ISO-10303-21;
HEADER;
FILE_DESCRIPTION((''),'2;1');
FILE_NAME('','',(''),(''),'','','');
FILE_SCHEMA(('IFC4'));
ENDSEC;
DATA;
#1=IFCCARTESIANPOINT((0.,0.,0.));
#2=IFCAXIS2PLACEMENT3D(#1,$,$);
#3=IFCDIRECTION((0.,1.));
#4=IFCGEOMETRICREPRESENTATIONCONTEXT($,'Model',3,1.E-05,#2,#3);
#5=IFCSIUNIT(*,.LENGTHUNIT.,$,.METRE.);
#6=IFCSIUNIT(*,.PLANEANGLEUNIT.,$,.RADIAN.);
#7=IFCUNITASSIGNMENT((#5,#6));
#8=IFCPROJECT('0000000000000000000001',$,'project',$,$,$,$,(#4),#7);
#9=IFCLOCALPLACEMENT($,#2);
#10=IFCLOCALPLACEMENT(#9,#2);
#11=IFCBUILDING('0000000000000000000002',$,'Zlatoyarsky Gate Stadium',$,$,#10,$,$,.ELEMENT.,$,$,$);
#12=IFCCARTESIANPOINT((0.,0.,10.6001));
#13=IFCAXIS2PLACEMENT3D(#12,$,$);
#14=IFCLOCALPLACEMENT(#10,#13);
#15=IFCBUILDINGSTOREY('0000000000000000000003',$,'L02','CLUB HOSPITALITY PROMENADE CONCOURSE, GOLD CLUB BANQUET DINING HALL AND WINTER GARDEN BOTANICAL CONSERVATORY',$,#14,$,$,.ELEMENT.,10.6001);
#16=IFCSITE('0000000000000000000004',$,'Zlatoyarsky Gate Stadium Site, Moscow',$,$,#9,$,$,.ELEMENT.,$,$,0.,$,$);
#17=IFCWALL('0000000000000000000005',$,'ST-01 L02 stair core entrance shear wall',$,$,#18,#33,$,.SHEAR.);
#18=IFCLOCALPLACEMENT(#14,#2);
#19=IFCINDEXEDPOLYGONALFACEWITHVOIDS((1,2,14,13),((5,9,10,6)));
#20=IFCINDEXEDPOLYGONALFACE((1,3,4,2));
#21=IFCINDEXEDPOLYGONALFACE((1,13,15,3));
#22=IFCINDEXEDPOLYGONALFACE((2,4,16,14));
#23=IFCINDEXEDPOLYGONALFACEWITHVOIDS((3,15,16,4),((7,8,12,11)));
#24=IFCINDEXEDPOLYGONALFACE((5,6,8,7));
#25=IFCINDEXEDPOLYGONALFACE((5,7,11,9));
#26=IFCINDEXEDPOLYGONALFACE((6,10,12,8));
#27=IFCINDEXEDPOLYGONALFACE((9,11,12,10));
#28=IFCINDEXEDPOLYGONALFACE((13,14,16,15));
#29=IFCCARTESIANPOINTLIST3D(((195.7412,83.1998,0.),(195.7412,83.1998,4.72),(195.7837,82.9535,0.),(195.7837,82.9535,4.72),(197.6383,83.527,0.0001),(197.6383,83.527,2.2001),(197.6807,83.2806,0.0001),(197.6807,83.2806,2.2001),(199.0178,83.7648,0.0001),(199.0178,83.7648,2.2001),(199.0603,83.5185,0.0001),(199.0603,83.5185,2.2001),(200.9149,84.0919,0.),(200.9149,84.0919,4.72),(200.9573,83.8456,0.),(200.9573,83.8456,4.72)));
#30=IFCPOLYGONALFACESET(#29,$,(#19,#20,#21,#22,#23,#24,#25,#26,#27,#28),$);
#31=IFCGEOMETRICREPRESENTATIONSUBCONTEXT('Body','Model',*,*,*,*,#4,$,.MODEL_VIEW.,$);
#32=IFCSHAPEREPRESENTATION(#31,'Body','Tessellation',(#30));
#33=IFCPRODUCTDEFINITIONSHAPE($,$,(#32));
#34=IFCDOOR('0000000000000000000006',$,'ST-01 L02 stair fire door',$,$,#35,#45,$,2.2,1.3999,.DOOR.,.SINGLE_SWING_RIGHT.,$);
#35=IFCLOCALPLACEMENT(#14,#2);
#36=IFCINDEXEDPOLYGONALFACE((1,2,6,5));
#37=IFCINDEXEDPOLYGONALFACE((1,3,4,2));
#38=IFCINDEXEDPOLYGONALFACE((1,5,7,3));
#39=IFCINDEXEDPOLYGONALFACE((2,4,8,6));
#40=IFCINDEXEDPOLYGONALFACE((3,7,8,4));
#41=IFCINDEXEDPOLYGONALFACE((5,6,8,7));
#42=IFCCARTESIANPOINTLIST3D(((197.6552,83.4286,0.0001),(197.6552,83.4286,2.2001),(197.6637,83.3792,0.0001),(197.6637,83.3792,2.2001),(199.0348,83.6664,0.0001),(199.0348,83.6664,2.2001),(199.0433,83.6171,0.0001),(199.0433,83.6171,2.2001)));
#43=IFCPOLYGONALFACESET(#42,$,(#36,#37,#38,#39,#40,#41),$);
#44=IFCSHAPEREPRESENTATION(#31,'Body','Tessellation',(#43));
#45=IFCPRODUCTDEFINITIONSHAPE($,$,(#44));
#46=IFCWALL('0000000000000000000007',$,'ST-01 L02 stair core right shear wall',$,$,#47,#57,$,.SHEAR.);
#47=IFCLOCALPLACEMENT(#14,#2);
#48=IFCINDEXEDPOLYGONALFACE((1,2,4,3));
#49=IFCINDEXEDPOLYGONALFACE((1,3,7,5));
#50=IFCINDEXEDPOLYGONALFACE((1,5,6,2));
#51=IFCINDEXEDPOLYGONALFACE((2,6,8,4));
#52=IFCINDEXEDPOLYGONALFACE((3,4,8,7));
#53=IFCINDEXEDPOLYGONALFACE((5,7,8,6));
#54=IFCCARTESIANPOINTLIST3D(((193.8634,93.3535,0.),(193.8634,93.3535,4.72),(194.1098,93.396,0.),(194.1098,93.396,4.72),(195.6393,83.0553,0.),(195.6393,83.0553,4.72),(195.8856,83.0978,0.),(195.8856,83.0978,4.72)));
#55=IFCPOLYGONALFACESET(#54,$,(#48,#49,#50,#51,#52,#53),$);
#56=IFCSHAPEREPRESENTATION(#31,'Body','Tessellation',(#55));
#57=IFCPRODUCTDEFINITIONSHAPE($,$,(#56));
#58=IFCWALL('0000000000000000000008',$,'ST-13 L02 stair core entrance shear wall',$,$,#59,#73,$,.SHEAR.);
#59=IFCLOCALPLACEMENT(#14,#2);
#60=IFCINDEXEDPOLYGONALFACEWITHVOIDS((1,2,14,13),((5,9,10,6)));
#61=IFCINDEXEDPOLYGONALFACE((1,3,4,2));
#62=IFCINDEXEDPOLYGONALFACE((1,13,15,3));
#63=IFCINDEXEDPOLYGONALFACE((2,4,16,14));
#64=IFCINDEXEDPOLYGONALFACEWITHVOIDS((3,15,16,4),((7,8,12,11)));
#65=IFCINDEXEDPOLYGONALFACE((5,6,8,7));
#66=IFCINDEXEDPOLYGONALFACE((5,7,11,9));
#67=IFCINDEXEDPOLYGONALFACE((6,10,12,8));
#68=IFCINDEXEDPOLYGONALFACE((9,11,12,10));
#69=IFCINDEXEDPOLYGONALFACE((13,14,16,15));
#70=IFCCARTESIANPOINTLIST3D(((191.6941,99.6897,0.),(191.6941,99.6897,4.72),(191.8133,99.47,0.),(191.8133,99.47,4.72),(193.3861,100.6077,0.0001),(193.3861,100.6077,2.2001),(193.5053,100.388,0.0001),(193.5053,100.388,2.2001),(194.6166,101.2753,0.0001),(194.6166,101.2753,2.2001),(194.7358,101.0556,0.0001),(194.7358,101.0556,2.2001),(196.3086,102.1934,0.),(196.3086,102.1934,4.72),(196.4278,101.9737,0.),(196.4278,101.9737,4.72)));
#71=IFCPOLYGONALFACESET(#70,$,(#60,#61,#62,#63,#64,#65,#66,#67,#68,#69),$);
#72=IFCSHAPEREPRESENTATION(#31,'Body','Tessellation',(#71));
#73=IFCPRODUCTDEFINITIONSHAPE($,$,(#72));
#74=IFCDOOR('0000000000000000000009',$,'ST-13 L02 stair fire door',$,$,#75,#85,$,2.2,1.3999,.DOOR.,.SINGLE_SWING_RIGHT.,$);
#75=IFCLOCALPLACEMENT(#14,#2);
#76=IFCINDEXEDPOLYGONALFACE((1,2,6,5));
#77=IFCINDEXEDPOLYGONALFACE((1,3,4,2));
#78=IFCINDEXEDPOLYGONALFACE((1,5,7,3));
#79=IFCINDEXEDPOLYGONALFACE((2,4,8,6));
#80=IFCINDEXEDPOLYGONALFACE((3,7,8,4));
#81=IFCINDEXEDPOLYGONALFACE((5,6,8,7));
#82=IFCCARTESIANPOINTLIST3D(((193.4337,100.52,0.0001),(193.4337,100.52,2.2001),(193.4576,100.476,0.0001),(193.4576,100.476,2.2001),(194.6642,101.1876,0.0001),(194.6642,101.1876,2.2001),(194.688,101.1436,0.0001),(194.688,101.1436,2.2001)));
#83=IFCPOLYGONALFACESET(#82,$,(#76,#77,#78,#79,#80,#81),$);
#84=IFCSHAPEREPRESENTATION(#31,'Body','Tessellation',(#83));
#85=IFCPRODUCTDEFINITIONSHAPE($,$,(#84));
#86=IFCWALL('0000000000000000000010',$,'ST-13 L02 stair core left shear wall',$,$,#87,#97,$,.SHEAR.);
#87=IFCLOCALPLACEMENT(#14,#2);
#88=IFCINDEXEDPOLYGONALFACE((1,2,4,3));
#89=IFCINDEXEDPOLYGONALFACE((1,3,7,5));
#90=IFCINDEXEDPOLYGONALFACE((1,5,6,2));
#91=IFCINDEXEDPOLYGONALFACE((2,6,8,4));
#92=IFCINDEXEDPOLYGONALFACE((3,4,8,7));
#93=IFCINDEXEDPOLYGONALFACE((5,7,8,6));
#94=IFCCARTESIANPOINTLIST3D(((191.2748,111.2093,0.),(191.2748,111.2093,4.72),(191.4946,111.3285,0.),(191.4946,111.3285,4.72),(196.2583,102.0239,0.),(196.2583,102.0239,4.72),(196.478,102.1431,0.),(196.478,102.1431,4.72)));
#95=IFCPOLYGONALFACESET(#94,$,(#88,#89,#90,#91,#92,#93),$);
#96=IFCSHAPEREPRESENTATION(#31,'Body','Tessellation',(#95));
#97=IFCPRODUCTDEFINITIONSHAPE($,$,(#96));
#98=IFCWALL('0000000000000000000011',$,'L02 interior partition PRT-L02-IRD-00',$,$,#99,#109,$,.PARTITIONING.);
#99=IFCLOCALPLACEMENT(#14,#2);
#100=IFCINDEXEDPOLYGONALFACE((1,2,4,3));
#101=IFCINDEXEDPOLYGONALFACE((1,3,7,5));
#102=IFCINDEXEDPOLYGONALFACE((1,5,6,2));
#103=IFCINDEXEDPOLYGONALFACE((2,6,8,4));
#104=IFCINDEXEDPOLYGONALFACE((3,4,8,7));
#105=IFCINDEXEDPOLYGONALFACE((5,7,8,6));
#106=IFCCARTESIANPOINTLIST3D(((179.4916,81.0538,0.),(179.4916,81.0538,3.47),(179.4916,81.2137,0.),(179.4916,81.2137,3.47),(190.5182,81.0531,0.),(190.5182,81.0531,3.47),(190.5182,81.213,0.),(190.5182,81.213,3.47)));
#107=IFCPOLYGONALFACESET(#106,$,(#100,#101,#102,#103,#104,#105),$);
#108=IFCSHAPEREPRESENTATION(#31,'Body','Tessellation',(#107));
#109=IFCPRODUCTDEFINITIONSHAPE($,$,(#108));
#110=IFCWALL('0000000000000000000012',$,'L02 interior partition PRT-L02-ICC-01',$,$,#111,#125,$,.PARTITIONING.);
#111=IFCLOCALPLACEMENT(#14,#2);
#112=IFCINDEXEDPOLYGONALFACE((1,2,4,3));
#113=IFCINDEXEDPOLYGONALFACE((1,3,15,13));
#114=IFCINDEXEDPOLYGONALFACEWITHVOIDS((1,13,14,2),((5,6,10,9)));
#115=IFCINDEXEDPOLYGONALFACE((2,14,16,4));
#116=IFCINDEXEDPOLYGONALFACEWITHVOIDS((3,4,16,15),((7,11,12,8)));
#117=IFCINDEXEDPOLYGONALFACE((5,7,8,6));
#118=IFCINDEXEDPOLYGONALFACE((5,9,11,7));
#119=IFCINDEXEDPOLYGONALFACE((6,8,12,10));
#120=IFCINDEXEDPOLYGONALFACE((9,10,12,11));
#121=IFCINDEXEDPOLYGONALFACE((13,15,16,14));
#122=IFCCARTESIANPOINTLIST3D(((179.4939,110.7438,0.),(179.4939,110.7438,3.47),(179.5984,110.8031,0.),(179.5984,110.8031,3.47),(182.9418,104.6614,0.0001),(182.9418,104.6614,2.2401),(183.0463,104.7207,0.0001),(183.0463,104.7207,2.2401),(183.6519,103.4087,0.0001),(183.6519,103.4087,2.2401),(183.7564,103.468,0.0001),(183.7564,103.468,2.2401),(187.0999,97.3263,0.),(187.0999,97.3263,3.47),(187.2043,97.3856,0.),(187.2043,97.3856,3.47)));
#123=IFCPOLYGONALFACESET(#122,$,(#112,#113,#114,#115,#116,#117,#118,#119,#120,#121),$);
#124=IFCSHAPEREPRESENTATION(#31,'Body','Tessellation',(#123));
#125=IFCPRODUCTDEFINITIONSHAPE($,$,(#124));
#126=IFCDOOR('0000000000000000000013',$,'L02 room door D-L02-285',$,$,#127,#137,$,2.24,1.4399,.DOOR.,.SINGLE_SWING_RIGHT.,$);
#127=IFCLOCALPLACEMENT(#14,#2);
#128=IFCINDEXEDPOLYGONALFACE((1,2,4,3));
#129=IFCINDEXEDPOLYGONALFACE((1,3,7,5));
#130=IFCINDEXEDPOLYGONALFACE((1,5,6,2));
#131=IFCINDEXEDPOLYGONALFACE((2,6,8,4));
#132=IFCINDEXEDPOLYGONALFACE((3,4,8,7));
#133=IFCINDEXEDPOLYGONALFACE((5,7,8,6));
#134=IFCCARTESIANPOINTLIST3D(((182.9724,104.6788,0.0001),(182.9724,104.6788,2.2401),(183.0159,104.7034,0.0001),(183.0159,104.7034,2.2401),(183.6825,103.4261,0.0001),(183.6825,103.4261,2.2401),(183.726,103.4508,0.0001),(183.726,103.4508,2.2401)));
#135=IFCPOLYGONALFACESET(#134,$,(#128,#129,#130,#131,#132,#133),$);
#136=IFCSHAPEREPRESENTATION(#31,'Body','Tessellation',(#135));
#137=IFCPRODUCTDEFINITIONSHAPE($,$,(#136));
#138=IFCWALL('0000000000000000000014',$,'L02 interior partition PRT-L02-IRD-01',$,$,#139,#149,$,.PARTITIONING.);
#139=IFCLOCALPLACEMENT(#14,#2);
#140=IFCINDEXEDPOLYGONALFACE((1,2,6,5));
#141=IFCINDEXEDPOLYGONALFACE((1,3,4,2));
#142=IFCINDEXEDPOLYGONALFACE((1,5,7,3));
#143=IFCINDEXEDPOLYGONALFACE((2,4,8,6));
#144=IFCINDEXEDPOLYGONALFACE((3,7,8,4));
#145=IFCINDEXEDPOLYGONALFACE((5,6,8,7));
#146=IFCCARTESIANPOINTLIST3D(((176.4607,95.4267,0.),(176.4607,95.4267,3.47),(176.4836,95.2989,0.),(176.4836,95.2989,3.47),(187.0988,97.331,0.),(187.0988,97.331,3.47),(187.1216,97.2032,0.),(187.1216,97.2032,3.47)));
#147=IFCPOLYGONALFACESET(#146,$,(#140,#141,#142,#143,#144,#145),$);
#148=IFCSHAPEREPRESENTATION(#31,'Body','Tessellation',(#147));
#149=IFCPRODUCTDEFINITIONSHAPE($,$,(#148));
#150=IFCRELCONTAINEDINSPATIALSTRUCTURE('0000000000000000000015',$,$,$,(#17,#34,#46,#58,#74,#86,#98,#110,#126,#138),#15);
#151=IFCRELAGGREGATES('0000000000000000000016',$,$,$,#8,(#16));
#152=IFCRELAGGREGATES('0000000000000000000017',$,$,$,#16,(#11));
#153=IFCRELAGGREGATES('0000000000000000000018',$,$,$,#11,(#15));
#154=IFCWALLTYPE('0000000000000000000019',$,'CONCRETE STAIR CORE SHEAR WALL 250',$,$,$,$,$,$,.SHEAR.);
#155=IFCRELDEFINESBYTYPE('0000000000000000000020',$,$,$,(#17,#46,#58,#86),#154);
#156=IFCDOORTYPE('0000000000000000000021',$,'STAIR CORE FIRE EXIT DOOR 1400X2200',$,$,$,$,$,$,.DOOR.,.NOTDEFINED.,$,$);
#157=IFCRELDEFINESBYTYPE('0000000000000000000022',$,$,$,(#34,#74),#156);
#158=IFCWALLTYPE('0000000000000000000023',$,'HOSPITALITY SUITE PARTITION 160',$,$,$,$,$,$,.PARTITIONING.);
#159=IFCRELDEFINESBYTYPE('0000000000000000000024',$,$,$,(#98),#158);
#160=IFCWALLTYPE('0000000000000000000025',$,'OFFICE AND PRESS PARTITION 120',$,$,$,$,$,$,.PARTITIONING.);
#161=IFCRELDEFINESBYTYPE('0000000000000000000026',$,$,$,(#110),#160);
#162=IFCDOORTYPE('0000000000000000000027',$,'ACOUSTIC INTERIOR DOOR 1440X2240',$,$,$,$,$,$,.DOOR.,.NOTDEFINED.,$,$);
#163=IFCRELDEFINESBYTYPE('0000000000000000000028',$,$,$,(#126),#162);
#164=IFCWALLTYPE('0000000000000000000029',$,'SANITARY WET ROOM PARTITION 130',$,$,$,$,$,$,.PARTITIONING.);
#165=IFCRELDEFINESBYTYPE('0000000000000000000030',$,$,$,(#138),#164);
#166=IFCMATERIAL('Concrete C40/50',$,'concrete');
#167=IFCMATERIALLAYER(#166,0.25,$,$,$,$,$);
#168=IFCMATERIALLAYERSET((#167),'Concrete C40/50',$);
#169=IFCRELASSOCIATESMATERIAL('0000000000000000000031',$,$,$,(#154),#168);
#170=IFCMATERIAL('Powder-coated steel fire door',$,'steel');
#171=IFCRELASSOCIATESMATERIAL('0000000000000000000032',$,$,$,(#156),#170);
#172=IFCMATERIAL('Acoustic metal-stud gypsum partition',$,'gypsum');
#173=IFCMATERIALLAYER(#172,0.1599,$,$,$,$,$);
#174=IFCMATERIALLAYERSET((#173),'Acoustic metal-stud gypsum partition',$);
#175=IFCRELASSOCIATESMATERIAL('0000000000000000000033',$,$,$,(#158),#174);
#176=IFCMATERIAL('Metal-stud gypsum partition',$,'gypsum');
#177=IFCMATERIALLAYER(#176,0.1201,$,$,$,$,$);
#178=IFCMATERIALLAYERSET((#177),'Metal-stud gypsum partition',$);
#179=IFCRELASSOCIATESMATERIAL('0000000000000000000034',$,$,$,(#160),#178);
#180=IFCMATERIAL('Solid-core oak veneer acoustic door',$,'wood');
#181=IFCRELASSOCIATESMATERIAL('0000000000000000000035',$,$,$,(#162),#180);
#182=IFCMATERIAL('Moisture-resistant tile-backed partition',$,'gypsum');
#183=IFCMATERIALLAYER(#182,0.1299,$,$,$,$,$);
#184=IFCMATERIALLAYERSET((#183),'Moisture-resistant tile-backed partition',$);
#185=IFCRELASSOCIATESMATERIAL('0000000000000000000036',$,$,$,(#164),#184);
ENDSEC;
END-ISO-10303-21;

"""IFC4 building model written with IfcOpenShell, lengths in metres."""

from ifc_helpers import new_model, si_unit, direction, frame, frame_2d, origin, place, context, subcontext, project, spatial, rectangle, extrude, material, layer, layer_set, type_object, element, fill, save


model = new_model("IFC4")

# Units and contexts
model_context = context("Model", 3, precision=1e-05, world=origin(), true_north=direction((0.0, 1.0)))
body_context = subcontext(model_context, "Body", "Model", "MODEL_VIEW")
ifc_project = project(units=[si_unit("LENGTHUNIT", "METRE"), si_unit("PLANEANGLEUNIT", "RADIAN")], contexts=[model_context])

# Site, building, storey
site_placement = place(None, origin())
site = spatial("IfcSite", under=ifc_project, at=site_placement, Name="Zlatoyarsky Gate Stadium Site, Moscow", CompositionType="ELEMENT", RefElevation=0.0)
building_placement = place(site_placement, origin())
building = spatial("IfcBuilding", under=site, at=building_placement, Name="Zlatoyarsky Gate Stadium", CompositionType="ELEMENT")
storey_placement = place(building_placement, frame((0.0, 0.0, 10.6001)))
storey = spatial("IfcBuildingStorey", under=building, at=storey_placement, Name="L02", Description="CLUB HOSPITALITY PROMENADE CONCOURSE, GOLD CLUB BANQUET DINING HALL AND WINTER GARDEN BOTANICAL CONSERVATORY", CompositionType="ELEMENT", Elevation=10.6001)

# Shared definitions
ifc_material_1 = material(Name="Concrete C40/50", Category="concrete")

# Shared definitions
ifc_material_2 = material(Name="Powder-coated steel fire door", Category="steel")

# Wall, opening, door
ifc_layer_1 = layer(ifc_material_1, 0.25)
ifc_layer_set_1 = layer_set([ifc_layer_1], Name="Concrete C40/50")
wall_type_1 = type_object("IfcWallType", Name="CONCRETE STAIR CORE SHEAR WALL 250", PredefinedType="SHEAR", material=ifc_layer_set_1)
wall_1_placement = place(storey_placement, frame((195.7625, 83.0767, 0.0), z_axis=(0.0, 0.0, 1.0), x_axis=(0.985457, 0.169924, 0.0)))
wall_1 = element("IfcWall", 1, at=wall_1_placement, inside=storey, type_object=wall_type_1, Name="ST-01 L02 stair core entrance shear wall", PredefinedType="SHEAR", context=body_context, shape_type="SweptSolid", body=[
    extrude(rectangle(XDim=5.25, YDim=0.25, at=frame_2d((2.625, 0.0))), origin(), (0.0, 0.0, 1.0), 4.72),
])
opening_1_placement = place(wall_1_placement, frame((1.925, 0.0, 0.0)))
opening_1 = element("IfcOpeningElement", 2, at=opening_1_placement, cuts=wall_1, PredefinedType="OPENING", context=body_context, shape_type="SweptSolid", body=[
    extrude(rectangle(XDim=1.3999, YDim=2.2, at=frame_2d((0.7, 1.1001))), frame((0.0, 0.135, 0.0), z_axis=(0.0, -1.0, 0.0), x_axis=(1.0, 0.0, 0.0)), (0.0, 0.0, 1.0), 0.27),
])
door_type_1 = type_object("IfcDoorType", Name="STAIR CORE FIRE EXIT DOOR 1400X2200", OperationType="NOTDEFINED", PredefinedType="DOOR", material=ifc_material_2)
door_1_placement = place(opening_1_placement, frame((1.3999, 0.0, 0.0), z_axis=(0.0, 0.0, 1.0), x_axis=(-1.0, 0.0, 0.0)))
door_1 = element("IfcDoor", 3, at=door_1_placement, inside=storey, type_object=door_type_1, Name="ST-01 L02 stair fire door", OperationType="SINGLE_SWING_RIGHT", OverallHeight=2.2, OverallWidth=1.3999, PredefinedType="DOOR", context=body_context, shape_type="SweptSolid", body=[
    extrude(rectangle(XDim=1.3999, YDim=2.2, at=frame_2d((0.7, 1.1001))), frame((0.0, 0.0249, 0.0), z_axis=(0.0, -1.0, 0.0), x_axis=(1.0, 0.0, 0.0)), (0.0, 0.0, 1.0), 0.05),
])
fill(opening_1, door_1)

# Wall
wall_2_placement = place(storey_placement, frame((193.9866, 93.3748, 0.0), z_axis=(0.0, 0.0, 1.0), x_axis=(0.169939, -0.985455, 0.0)))
element("IfcWall", 4, at=wall_2_placement, inside=storey, type_object=wall_type_1, Name="ST-01 L02 stair core right shear wall", PredefinedType="SHEAR", context=body_context, shape_type="SweptSolid", body=[
    extrude(rectangle(XDim=10.4502, YDim=0.25, at=frame_2d((5.2251, 0.0))), origin(), (0.0, 0.0, 1.0), 4.72),
])

# Wall, opening, door
wall_3_placement = place(storey_placement, frame((191.7537, 99.5798, 0.0), z_axis=(0.0, 0.0, 1.0), x_axis=(0.878961, 0.476893, 0.0)))
wall_3 = element("IfcWall", 5, at=wall_3_placement, inside=storey, type_object=wall_type_1, Name="ST-13 L02 stair core entrance shear wall", PredefinedType="SHEAR", context=body_context, shape_type="SweptSolid", body=[
    extrude(rectangle(XDim=5.25, YDim=0.25, at=frame_2d((2.625, 0.0))), origin(), (0.0, 0.0, 1.0), 4.72),
])
opening_2_placement = place(wall_3_placement, frame((1.925, 0.0, 0.0)))
opening_2 = element("IfcOpeningElement", 6, at=opening_2_placement, cuts=wall_3, PredefinedType="OPENING", context=body_context, shape_type="SweptSolid", body=[
    extrude(rectangle(XDim=1.3999, YDim=2.2, at=frame_2d((0.7, 1.1001))), frame((0.0, 0.135, 0.0), z_axis=(0.0, -1.0, 0.0), x_axis=(1.0, 0.0, 0.0)), (0.0, 0.0, 1.0), 0.27),
])
door_2_placement = place(opening_2_placement, frame((1.3999, 0.0, 0.0), z_axis=(0.0, 0.0, 1.0), x_axis=(-1.0, 0.0, 0.0)))
door_2 = element("IfcDoor", 7, at=door_2_placement, inside=storey, type_object=door_type_1, Name="ST-13 L02 stair fire door", OperationType="SINGLE_SWING_RIGHT", OverallHeight=2.2, OverallWidth=1.3999, PredefinedType="DOOR", context=body_context, shape_type="SweptSolid", body=[
    extrude(rectangle(XDim=1.3999, YDim=2.2, at=frame_2d((0.7, 1.1001))), frame((0.0, 0.0249, 0.0), z_axis=(0.0, -1.0, 0.0), x_axis=(1.0, 0.0, 0.0)), (0.0, 0.0, 1.0), 0.05),
])
fill(opening_2, door_2)

# Walls
wall_4_placement = place(storey_placement, frame((196.3682, 102.0835, 0.0), z_axis=(0.0, 0.0, 1.0), x_axis=(-0.476877, 0.87897, 0.0)))
element("IfcWall", 8, at=wall_4_placement, inside=storey, type_object=wall_type_1, Name="ST-13 L02 stair core left shear wall", PredefinedType="SHEAR", context=body_context, shape_type="SweptSolid", body=[
    extrude(rectangle(XDim=10.4502, YDim=0.25, at=frame_2d((5.2251, 0.0))), origin(), (0.0, 0.0, 1.0), 4.72),
])
ifc_material_3 = material(Name="Acoustic metal-stud gypsum partition", Category="gypsum")
ifc_layer_2 = layer(ifc_material_3, 0.1599)
ifc_layer_set_2 = layer_set([ifc_layer_2], Name="Acoustic metal-stud gypsum partition")
wall_type_2 = type_object("IfcWallType", Name="HOSPITALITY SUITE PARTITION 160", PredefinedType="PARTITIONING", material=ifc_layer_set_2)
wall_5_placement = place(storey_placement, frame((179.4917, 81.1338, 0.0), z_axis=(0.0, 0.0, 1.0), x_axis=(1.0, -0.000066, 0.0)))
element("IfcWall", 9, at=wall_5_placement, inside=storey, type_object=wall_type_2, Name="L02 interior partition PRT-L02-IRD-00", PredefinedType="PARTITIONING", context=body_context, shape_type="SweptSolid", body=[
    extrude(rectangle(XDim=11.0266, YDim=0.1599, at=frame_2d((5.5132, 0.0))), origin(), (0.0, 0.0, 1.0), 3.47),
])

# Wall, opening, door
ifc_material_4 = material(Name="Metal-stud gypsum partition", Category="gypsum")
ifc_layer_3 = layer(ifc_material_4, 0.1201)
ifc_layer_set_3 = layer_set([ifc_layer_3], Name="Metal-stud gypsum partition")
wall_type_3 = type_object("IfcWallType", Name="OFFICE AND PRESS PARTITION 120", PredefinedType="PARTITIONING", material=ifc_layer_set_3)
wall_6_placement = place(storey_placement, frame((187.1521, 97.356, 0.0), z_axis=(0.0, 0.0, 1.0), x_axis=(-0.493146, 0.869947, 0.0)))
wall_6 = element("IfcWall", 10, at=wall_6_placement, inside=storey, type_object=wall_type_3, Name="L02 interior partition PRT-L02-ICC-01", PredefinedType="PARTITIONING", context=body_context, shape_type="SweptSolid", body=[
    extrude(rectangle(XDim=15.4233, YDim=0.1201, at=frame_2d((7.7117, 0.0))), origin(), (0.0, 0.0, 1.0), 3.47),
])
opening_3_placement = place(wall_6_placement, frame((6.9917, 0.0, 0.0)))
opening_3 = element("IfcOpeningElement", 11, at=opening_3_placement, cuts=wall_6, PredefinedType="OPENING", context=body_context, shape_type="SweptSolid", body=[
    extrude(rectangle(XDim=1.4399, YDim=2.24, at=frame_2d((0.72, 1.1201))), frame((0.0, 0.0701, 0.0), z_axis=(0.0, -1.0, 0.0), x_axis=(1.0, 0.0, 0.0)), (0.0, 0.0, 1.0), 0.1401),
])
ifc_material_5 = material(Name="Solid-core oak veneer acoustic door", Category="wood")
door_type_2 = type_object("IfcDoorType", Name="ACOUSTIC INTERIOR DOOR 1440X2240", OperationType="NOTDEFINED", PredefinedType="DOOR", material=ifc_material_5)
door_3_placement = place(opening_3_placement, origin())
door_3 = element("IfcDoor", 12, at=door_3_placement, inside=storey, type_object=door_type_2, Name="L02 room door D-L02-285", OperationType="SINGLE_SWING_RIGHT", OverallHeight=2.24, OverallWidth=1.4399, PredefinedType="DOOR", context=body_context, shape_type="SweptSolid", body=[
    extrude(rectangle(XDim=1.4399, YDim=2.24, at=frame_2d((0.72, 1.1201))), frame((0.0, 0.0249, 0.0), z_axis=(0.0, -1.0, 0.0), x_axis=(1.0, 0.0, 0.0)), (0.0, 0.0, 1.0), 0.05),
])
fill(opening_3, door_3)

# Wall
ifc_material_6 = material(Name="Moisture-resistant tile-backed partition", Category="gypsum")
ifc_layer_4 = layer(ifc_material_6, 0.1299)
ifc_layer_set_4 = layer_set([ifc_layer_4], Name="Moisture-resistant tile-backed partition")
wall_type_4 = type_object("IfcWallType", Name="SANITARY WET ROOM PARTITION 130", PredefinedType="PARTITIONING", material=ifc_layer_set_4)
wall_7_placement = place(storey_placement, frame((176.4722, 95.3628, 0.0), z_axis=(0.0, 0.0, 1.0), x_axis=(0.984353, 0.176209, 0.0)))
element("IfcWall", 13, at=wall_7_placement, inside=storey, type_object=wall_type_4, Name="L02 interior partition PRT-L02-IRD-01", PredefinedType="PARTITIONING", context=body_context, shape_type="SweptSolid", body=[
    extrude(rectangle(XDim=10.8071, YDim=0.1299, at=frame_2d((5.4036, 0.0))), origin(), (0.0, 0.0, 1.0), 3.47),
])

save(model, "model.ifc")
